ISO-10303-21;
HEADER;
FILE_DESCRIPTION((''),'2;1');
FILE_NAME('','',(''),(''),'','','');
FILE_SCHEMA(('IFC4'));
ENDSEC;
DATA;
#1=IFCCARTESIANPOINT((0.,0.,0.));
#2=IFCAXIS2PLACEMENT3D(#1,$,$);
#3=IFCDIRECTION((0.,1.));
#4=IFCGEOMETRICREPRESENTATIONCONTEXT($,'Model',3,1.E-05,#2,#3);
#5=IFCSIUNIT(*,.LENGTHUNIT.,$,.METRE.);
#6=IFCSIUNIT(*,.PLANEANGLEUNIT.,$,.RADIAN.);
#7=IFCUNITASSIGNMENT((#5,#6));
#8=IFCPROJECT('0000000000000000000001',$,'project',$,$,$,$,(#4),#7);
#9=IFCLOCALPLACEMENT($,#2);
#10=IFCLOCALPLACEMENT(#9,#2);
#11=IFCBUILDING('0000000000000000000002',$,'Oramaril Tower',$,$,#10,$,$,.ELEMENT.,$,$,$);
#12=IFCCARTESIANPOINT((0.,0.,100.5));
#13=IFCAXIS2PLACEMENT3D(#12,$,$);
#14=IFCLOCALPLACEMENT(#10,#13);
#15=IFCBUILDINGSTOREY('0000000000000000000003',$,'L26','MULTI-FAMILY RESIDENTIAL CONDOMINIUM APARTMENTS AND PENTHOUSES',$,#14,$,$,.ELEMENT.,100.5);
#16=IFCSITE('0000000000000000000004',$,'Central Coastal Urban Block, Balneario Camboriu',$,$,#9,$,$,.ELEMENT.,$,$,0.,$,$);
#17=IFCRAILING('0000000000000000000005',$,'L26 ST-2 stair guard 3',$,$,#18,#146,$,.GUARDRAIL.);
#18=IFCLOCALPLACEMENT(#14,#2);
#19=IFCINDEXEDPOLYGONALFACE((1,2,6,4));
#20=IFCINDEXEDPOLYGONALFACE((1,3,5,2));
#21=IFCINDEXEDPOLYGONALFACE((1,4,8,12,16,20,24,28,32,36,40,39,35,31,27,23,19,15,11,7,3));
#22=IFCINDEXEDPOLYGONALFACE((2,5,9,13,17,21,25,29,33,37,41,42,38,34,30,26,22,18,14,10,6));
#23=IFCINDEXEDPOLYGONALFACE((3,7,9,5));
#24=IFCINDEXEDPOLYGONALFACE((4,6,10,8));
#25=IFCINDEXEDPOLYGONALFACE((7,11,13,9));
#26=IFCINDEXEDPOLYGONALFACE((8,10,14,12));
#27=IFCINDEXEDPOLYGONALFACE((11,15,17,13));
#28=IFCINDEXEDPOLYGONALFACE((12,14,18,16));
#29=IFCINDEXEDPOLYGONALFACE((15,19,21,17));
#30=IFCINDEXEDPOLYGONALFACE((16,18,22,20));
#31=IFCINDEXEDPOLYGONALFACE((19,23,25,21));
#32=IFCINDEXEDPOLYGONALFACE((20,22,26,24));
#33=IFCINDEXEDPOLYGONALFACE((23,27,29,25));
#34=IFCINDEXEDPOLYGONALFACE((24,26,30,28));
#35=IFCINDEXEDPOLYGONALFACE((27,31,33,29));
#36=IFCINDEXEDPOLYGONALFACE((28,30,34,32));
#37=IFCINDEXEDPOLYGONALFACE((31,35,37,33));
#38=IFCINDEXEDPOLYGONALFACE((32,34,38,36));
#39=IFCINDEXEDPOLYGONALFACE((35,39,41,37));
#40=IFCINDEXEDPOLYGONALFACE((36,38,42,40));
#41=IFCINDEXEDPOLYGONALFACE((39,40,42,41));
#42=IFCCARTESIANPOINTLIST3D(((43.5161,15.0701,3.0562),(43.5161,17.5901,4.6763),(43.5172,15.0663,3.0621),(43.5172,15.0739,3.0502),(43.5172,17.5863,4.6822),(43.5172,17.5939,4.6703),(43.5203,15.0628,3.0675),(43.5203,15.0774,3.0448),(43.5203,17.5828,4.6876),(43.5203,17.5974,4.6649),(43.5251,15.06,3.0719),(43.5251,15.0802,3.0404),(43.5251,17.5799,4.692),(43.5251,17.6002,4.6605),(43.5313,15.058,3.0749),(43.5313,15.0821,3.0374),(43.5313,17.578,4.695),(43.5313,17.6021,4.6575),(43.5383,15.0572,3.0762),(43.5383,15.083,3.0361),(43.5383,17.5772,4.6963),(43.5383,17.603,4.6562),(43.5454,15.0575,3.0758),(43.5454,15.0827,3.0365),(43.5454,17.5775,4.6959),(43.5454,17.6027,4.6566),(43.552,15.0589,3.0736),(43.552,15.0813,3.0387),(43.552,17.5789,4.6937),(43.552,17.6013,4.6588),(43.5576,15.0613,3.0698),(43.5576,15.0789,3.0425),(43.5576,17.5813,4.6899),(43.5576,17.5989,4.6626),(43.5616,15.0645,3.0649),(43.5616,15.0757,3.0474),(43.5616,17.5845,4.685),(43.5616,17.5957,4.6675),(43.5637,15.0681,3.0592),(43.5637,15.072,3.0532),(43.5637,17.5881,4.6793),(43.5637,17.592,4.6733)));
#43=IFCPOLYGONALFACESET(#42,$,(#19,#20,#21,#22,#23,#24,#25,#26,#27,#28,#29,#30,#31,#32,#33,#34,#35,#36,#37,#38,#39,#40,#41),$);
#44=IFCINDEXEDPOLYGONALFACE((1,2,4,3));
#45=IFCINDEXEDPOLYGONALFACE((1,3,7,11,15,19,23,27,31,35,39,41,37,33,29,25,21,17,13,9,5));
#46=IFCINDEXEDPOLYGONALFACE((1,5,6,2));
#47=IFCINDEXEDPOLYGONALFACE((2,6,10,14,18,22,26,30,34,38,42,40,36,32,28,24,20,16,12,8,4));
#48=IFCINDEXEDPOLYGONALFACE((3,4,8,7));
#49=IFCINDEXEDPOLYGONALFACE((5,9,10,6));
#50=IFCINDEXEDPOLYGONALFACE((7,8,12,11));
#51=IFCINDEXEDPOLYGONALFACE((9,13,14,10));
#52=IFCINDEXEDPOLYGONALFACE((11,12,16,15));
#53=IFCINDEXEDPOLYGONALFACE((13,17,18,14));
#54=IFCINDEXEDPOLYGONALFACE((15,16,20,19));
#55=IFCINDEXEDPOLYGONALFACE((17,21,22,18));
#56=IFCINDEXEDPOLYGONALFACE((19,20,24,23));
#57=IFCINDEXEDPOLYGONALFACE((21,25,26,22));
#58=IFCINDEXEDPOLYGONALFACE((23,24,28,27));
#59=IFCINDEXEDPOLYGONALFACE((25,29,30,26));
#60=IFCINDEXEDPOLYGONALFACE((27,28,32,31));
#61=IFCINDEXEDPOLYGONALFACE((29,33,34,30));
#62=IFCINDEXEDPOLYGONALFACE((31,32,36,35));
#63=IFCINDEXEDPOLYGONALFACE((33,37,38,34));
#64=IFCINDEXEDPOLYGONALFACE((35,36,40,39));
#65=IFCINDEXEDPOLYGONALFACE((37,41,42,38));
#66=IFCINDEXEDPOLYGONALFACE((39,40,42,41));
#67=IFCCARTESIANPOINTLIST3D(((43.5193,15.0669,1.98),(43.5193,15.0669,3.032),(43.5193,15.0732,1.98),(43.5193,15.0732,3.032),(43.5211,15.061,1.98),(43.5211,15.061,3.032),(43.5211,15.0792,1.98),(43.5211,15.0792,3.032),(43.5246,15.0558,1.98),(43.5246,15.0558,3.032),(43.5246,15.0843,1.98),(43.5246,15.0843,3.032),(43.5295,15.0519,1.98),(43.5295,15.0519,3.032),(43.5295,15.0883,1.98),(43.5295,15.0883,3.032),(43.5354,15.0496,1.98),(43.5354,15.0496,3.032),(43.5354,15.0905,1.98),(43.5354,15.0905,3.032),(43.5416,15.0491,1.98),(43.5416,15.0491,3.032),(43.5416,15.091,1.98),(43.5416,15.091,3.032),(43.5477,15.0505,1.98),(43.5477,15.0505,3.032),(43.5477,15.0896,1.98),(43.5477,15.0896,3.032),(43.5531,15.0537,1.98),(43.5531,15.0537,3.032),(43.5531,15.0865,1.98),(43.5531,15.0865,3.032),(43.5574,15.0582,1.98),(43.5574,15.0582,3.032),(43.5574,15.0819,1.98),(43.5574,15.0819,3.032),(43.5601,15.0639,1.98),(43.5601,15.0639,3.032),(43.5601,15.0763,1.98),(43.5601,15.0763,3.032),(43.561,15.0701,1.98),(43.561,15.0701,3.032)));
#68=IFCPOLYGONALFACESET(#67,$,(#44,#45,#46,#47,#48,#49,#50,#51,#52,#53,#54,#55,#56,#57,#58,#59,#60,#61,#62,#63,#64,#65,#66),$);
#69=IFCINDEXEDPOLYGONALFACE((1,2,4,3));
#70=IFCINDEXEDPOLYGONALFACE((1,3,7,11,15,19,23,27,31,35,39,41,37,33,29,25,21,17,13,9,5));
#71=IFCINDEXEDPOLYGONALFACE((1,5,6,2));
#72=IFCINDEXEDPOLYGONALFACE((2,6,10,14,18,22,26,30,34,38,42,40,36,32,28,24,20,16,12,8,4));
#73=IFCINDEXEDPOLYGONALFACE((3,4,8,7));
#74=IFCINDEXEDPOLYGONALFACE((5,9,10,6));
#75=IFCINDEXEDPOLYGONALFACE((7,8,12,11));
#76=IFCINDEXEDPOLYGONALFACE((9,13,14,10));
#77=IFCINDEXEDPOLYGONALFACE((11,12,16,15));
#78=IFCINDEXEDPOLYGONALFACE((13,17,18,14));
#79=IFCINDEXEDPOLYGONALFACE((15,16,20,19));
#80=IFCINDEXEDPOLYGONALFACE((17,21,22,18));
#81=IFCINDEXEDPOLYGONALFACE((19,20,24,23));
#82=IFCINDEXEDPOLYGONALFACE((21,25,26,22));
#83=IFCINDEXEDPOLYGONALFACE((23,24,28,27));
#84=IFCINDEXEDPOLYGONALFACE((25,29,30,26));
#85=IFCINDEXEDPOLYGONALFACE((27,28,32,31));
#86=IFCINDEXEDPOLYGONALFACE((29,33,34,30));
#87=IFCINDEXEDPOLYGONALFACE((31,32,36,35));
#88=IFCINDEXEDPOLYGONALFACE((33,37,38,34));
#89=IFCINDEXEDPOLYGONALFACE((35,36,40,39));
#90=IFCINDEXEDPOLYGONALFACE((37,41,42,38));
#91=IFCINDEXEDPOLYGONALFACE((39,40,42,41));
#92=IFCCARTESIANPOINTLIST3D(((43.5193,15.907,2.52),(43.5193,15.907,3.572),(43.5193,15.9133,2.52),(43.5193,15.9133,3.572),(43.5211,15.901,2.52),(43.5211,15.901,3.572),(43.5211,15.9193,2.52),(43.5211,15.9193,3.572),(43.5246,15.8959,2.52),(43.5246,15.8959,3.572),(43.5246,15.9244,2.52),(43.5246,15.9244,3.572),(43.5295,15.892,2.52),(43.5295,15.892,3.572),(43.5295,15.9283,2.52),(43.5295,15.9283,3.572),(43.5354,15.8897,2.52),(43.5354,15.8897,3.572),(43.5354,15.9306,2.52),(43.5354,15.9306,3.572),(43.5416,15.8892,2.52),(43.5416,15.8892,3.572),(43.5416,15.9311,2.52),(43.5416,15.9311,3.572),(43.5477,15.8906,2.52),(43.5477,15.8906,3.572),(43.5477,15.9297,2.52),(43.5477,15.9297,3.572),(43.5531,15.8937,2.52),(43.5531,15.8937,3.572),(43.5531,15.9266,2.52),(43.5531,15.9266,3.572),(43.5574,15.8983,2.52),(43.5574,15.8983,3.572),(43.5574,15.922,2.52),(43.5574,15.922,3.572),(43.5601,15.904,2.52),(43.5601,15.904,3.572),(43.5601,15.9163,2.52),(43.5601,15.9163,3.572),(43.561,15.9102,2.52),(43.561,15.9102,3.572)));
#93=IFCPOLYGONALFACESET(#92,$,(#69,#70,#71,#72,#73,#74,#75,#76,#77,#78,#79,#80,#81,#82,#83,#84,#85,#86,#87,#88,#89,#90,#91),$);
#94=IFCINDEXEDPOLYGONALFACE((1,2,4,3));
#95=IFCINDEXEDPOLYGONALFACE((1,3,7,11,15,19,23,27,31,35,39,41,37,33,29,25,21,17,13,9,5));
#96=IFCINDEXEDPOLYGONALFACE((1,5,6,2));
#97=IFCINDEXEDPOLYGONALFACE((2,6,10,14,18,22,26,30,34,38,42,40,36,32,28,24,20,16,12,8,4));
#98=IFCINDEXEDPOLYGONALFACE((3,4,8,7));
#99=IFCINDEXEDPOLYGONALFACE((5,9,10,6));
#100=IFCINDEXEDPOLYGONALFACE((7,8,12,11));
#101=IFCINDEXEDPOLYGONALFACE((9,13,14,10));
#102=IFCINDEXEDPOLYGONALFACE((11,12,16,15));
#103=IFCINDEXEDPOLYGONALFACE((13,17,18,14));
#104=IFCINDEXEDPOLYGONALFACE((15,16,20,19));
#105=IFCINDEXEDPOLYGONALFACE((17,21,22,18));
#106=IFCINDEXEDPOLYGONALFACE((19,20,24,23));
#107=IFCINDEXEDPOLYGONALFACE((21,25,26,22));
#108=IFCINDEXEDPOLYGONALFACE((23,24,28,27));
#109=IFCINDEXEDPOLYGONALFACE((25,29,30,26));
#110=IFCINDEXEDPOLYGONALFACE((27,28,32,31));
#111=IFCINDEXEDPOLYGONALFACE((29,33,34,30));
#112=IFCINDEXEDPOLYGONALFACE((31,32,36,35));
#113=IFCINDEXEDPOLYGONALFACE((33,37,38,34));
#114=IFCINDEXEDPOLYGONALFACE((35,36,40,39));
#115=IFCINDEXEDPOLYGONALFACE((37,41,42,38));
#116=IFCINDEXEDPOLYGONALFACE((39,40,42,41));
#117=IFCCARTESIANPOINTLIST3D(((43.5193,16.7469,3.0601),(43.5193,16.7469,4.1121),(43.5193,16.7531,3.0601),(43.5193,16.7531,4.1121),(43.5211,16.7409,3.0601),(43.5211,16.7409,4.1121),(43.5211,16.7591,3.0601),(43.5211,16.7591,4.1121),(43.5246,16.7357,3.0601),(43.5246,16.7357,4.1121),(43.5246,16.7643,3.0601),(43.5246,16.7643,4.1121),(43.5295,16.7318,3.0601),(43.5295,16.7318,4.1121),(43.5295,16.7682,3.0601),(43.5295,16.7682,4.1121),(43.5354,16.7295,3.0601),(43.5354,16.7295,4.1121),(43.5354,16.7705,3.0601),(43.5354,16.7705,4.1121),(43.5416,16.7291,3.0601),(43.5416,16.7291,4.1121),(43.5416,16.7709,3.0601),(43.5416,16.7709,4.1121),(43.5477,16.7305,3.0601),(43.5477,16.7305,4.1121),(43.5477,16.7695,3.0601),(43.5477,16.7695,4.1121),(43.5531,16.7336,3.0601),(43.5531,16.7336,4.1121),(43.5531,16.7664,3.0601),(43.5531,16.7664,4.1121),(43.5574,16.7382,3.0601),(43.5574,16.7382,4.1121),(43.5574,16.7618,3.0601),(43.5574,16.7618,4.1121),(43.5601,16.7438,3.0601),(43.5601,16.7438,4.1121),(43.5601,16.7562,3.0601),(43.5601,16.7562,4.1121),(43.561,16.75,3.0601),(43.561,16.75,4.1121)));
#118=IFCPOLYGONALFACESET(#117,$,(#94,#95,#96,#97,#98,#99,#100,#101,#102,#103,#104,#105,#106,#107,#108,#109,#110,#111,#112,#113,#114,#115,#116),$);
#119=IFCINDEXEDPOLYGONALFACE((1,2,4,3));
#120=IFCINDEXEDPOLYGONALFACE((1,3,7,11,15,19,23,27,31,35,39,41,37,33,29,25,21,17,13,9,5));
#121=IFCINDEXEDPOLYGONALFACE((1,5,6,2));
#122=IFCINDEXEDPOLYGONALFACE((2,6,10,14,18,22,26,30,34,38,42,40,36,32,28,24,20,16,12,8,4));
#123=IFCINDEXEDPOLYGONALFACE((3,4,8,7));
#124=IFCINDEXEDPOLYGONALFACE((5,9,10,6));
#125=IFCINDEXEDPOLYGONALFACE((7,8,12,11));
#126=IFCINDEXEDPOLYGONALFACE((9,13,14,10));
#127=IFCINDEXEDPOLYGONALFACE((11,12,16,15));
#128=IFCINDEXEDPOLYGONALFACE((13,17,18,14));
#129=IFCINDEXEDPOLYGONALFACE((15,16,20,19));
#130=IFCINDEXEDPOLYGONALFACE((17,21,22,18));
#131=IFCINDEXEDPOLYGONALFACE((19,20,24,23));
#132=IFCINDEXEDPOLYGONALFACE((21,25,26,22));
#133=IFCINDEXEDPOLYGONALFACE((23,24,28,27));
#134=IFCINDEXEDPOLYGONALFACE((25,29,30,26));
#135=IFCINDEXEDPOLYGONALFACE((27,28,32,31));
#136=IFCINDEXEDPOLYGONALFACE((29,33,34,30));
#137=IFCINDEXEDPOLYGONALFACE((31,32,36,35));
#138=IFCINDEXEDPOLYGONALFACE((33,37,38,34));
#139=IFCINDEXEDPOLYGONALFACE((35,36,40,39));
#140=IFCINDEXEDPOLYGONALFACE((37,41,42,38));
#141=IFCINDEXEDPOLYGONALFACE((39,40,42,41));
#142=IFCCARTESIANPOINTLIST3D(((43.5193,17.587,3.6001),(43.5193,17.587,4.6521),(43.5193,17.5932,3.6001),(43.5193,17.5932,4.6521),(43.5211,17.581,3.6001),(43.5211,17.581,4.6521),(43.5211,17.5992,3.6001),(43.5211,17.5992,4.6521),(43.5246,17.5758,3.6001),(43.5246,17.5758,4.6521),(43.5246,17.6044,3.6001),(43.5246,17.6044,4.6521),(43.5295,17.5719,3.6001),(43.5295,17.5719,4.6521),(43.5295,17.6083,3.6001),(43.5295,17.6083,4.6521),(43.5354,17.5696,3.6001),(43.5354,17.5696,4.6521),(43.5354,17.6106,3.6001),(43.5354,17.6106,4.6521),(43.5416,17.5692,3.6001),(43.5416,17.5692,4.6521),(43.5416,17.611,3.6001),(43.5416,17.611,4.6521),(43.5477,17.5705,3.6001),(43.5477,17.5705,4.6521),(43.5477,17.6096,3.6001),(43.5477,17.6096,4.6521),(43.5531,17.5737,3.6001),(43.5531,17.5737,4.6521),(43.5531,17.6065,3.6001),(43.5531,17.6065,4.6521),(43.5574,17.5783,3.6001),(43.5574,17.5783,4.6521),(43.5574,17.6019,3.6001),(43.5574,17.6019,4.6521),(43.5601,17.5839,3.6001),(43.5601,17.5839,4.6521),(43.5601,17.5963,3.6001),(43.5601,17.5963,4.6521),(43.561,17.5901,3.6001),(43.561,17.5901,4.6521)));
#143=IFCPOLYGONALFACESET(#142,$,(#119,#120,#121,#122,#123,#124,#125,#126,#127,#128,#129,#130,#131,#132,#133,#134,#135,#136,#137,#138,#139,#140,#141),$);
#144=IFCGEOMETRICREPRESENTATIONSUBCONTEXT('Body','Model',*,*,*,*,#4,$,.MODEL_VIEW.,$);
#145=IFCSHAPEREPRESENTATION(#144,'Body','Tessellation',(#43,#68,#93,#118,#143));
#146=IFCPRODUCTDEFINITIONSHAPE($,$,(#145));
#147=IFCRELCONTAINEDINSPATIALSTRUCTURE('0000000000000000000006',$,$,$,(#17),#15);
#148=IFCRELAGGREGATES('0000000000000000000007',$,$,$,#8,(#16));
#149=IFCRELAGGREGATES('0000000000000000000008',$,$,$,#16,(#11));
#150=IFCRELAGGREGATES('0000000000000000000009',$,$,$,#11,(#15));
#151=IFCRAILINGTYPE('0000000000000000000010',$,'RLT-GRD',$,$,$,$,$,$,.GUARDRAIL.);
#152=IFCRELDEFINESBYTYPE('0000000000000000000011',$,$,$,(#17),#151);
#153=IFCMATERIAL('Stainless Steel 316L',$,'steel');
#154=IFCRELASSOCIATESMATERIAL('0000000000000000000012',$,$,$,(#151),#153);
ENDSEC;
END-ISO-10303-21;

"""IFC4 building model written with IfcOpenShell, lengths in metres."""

from ifc_helpers import new_model, si_unit, direction, frame, origin, origin_2d, place, context, subcontext, project, spatial, circle, extrude, material, type_object, element, save


model = new_model("IFC4")

# Units and contexts
model_context = context("Model", 3, precision=1e-05, world=origin(), true_north=direction((0.0, 1.0)))
body_context = subcontext(model_context, "Body", "Model", "MODEL_VIEW")
ifc_project = project(units=[si_unit("LENGTHUNIT", "METRE"), si_unit("PLANEANGLEUNIT", "RADIAN")], contexts=[model_context])

# Site, building, storey
site_placement = place(None, origin())
site = spatial("IfcSite", under=ifc_project, at=site_placement, Name="Central Coastal Urban Block, Balneario Camboriu", CompositionType="ELEMENT", RefElevation=0.0)
building_placement = place(site_placement, origin())
building = spatial("IfcBuilding", under=site, at=building_placement, Name="Oramaril Tower", CompositionType="ELEMENT")
storey_placement = place(building_placement, frame((0.0, 0.0, 100.5)))
storey = spatial("IfcBuildingStorey", under=building, at=storey_placement, Name="L26", Description="MULTI-FAMILY RESIDENTIAL CONDOMINIUM APARTMENTS AND PENTHOUSES", CompositionType="ELEMENT", Elevation=100.5)

# Railing
ifc_material_1 = material(Name="Stainless Steel 316L", Category="steel")
railing_type_1 = type_object("IfcRailingType", Name="RLT-GRD", PredefinedType="GUARDRAIL", material=ifc_material_1)
railing_1_placement = place(storey_placement, frame((43.54, 15.0701, 1.98)))
element("IfcRailing", 1, at=railing_1_placement, inside=storey, type_object=railing_type_1, Name="L26 ST-2 stair guard 3", PredefinedType="GUARDRAIL", context=body_context, shape_type="SweptSolid", body=[
    extrude(circle(Radius=0.0239, at=origin_2d()), frame((0.0, 0.0, 1.0762), z_axis=(0.0, 0.841163, 0.540782), x_axis=(-1.0, 0.0, 0.0)), (0.0, 0.0, 1.0), 2.9958),
    extrude(circle(Radius=0.021, at=origin_2d()), origin(), (0.0, 0.0, 1.0), 1.052),
    extrude(circle(Radius=0.021, at=origin_2d()), frame((0.0, 0.8401, 0.54)), (0.0, 0.0, 1.0), 1.052),
    extrude(circle(Radius=0.021, at=origin_2d()), frame((0.0, 1.6799, 1.0801)), (0.0, 0.0, 1.0), 1.052),
    extrude(circle(Radius=0.021, at=origin_2d()), frame((0.0, 2.52, 1.6201)), (0.0, 0.0, 1.0), 1.052),
])

save(model, "model.ifc")
